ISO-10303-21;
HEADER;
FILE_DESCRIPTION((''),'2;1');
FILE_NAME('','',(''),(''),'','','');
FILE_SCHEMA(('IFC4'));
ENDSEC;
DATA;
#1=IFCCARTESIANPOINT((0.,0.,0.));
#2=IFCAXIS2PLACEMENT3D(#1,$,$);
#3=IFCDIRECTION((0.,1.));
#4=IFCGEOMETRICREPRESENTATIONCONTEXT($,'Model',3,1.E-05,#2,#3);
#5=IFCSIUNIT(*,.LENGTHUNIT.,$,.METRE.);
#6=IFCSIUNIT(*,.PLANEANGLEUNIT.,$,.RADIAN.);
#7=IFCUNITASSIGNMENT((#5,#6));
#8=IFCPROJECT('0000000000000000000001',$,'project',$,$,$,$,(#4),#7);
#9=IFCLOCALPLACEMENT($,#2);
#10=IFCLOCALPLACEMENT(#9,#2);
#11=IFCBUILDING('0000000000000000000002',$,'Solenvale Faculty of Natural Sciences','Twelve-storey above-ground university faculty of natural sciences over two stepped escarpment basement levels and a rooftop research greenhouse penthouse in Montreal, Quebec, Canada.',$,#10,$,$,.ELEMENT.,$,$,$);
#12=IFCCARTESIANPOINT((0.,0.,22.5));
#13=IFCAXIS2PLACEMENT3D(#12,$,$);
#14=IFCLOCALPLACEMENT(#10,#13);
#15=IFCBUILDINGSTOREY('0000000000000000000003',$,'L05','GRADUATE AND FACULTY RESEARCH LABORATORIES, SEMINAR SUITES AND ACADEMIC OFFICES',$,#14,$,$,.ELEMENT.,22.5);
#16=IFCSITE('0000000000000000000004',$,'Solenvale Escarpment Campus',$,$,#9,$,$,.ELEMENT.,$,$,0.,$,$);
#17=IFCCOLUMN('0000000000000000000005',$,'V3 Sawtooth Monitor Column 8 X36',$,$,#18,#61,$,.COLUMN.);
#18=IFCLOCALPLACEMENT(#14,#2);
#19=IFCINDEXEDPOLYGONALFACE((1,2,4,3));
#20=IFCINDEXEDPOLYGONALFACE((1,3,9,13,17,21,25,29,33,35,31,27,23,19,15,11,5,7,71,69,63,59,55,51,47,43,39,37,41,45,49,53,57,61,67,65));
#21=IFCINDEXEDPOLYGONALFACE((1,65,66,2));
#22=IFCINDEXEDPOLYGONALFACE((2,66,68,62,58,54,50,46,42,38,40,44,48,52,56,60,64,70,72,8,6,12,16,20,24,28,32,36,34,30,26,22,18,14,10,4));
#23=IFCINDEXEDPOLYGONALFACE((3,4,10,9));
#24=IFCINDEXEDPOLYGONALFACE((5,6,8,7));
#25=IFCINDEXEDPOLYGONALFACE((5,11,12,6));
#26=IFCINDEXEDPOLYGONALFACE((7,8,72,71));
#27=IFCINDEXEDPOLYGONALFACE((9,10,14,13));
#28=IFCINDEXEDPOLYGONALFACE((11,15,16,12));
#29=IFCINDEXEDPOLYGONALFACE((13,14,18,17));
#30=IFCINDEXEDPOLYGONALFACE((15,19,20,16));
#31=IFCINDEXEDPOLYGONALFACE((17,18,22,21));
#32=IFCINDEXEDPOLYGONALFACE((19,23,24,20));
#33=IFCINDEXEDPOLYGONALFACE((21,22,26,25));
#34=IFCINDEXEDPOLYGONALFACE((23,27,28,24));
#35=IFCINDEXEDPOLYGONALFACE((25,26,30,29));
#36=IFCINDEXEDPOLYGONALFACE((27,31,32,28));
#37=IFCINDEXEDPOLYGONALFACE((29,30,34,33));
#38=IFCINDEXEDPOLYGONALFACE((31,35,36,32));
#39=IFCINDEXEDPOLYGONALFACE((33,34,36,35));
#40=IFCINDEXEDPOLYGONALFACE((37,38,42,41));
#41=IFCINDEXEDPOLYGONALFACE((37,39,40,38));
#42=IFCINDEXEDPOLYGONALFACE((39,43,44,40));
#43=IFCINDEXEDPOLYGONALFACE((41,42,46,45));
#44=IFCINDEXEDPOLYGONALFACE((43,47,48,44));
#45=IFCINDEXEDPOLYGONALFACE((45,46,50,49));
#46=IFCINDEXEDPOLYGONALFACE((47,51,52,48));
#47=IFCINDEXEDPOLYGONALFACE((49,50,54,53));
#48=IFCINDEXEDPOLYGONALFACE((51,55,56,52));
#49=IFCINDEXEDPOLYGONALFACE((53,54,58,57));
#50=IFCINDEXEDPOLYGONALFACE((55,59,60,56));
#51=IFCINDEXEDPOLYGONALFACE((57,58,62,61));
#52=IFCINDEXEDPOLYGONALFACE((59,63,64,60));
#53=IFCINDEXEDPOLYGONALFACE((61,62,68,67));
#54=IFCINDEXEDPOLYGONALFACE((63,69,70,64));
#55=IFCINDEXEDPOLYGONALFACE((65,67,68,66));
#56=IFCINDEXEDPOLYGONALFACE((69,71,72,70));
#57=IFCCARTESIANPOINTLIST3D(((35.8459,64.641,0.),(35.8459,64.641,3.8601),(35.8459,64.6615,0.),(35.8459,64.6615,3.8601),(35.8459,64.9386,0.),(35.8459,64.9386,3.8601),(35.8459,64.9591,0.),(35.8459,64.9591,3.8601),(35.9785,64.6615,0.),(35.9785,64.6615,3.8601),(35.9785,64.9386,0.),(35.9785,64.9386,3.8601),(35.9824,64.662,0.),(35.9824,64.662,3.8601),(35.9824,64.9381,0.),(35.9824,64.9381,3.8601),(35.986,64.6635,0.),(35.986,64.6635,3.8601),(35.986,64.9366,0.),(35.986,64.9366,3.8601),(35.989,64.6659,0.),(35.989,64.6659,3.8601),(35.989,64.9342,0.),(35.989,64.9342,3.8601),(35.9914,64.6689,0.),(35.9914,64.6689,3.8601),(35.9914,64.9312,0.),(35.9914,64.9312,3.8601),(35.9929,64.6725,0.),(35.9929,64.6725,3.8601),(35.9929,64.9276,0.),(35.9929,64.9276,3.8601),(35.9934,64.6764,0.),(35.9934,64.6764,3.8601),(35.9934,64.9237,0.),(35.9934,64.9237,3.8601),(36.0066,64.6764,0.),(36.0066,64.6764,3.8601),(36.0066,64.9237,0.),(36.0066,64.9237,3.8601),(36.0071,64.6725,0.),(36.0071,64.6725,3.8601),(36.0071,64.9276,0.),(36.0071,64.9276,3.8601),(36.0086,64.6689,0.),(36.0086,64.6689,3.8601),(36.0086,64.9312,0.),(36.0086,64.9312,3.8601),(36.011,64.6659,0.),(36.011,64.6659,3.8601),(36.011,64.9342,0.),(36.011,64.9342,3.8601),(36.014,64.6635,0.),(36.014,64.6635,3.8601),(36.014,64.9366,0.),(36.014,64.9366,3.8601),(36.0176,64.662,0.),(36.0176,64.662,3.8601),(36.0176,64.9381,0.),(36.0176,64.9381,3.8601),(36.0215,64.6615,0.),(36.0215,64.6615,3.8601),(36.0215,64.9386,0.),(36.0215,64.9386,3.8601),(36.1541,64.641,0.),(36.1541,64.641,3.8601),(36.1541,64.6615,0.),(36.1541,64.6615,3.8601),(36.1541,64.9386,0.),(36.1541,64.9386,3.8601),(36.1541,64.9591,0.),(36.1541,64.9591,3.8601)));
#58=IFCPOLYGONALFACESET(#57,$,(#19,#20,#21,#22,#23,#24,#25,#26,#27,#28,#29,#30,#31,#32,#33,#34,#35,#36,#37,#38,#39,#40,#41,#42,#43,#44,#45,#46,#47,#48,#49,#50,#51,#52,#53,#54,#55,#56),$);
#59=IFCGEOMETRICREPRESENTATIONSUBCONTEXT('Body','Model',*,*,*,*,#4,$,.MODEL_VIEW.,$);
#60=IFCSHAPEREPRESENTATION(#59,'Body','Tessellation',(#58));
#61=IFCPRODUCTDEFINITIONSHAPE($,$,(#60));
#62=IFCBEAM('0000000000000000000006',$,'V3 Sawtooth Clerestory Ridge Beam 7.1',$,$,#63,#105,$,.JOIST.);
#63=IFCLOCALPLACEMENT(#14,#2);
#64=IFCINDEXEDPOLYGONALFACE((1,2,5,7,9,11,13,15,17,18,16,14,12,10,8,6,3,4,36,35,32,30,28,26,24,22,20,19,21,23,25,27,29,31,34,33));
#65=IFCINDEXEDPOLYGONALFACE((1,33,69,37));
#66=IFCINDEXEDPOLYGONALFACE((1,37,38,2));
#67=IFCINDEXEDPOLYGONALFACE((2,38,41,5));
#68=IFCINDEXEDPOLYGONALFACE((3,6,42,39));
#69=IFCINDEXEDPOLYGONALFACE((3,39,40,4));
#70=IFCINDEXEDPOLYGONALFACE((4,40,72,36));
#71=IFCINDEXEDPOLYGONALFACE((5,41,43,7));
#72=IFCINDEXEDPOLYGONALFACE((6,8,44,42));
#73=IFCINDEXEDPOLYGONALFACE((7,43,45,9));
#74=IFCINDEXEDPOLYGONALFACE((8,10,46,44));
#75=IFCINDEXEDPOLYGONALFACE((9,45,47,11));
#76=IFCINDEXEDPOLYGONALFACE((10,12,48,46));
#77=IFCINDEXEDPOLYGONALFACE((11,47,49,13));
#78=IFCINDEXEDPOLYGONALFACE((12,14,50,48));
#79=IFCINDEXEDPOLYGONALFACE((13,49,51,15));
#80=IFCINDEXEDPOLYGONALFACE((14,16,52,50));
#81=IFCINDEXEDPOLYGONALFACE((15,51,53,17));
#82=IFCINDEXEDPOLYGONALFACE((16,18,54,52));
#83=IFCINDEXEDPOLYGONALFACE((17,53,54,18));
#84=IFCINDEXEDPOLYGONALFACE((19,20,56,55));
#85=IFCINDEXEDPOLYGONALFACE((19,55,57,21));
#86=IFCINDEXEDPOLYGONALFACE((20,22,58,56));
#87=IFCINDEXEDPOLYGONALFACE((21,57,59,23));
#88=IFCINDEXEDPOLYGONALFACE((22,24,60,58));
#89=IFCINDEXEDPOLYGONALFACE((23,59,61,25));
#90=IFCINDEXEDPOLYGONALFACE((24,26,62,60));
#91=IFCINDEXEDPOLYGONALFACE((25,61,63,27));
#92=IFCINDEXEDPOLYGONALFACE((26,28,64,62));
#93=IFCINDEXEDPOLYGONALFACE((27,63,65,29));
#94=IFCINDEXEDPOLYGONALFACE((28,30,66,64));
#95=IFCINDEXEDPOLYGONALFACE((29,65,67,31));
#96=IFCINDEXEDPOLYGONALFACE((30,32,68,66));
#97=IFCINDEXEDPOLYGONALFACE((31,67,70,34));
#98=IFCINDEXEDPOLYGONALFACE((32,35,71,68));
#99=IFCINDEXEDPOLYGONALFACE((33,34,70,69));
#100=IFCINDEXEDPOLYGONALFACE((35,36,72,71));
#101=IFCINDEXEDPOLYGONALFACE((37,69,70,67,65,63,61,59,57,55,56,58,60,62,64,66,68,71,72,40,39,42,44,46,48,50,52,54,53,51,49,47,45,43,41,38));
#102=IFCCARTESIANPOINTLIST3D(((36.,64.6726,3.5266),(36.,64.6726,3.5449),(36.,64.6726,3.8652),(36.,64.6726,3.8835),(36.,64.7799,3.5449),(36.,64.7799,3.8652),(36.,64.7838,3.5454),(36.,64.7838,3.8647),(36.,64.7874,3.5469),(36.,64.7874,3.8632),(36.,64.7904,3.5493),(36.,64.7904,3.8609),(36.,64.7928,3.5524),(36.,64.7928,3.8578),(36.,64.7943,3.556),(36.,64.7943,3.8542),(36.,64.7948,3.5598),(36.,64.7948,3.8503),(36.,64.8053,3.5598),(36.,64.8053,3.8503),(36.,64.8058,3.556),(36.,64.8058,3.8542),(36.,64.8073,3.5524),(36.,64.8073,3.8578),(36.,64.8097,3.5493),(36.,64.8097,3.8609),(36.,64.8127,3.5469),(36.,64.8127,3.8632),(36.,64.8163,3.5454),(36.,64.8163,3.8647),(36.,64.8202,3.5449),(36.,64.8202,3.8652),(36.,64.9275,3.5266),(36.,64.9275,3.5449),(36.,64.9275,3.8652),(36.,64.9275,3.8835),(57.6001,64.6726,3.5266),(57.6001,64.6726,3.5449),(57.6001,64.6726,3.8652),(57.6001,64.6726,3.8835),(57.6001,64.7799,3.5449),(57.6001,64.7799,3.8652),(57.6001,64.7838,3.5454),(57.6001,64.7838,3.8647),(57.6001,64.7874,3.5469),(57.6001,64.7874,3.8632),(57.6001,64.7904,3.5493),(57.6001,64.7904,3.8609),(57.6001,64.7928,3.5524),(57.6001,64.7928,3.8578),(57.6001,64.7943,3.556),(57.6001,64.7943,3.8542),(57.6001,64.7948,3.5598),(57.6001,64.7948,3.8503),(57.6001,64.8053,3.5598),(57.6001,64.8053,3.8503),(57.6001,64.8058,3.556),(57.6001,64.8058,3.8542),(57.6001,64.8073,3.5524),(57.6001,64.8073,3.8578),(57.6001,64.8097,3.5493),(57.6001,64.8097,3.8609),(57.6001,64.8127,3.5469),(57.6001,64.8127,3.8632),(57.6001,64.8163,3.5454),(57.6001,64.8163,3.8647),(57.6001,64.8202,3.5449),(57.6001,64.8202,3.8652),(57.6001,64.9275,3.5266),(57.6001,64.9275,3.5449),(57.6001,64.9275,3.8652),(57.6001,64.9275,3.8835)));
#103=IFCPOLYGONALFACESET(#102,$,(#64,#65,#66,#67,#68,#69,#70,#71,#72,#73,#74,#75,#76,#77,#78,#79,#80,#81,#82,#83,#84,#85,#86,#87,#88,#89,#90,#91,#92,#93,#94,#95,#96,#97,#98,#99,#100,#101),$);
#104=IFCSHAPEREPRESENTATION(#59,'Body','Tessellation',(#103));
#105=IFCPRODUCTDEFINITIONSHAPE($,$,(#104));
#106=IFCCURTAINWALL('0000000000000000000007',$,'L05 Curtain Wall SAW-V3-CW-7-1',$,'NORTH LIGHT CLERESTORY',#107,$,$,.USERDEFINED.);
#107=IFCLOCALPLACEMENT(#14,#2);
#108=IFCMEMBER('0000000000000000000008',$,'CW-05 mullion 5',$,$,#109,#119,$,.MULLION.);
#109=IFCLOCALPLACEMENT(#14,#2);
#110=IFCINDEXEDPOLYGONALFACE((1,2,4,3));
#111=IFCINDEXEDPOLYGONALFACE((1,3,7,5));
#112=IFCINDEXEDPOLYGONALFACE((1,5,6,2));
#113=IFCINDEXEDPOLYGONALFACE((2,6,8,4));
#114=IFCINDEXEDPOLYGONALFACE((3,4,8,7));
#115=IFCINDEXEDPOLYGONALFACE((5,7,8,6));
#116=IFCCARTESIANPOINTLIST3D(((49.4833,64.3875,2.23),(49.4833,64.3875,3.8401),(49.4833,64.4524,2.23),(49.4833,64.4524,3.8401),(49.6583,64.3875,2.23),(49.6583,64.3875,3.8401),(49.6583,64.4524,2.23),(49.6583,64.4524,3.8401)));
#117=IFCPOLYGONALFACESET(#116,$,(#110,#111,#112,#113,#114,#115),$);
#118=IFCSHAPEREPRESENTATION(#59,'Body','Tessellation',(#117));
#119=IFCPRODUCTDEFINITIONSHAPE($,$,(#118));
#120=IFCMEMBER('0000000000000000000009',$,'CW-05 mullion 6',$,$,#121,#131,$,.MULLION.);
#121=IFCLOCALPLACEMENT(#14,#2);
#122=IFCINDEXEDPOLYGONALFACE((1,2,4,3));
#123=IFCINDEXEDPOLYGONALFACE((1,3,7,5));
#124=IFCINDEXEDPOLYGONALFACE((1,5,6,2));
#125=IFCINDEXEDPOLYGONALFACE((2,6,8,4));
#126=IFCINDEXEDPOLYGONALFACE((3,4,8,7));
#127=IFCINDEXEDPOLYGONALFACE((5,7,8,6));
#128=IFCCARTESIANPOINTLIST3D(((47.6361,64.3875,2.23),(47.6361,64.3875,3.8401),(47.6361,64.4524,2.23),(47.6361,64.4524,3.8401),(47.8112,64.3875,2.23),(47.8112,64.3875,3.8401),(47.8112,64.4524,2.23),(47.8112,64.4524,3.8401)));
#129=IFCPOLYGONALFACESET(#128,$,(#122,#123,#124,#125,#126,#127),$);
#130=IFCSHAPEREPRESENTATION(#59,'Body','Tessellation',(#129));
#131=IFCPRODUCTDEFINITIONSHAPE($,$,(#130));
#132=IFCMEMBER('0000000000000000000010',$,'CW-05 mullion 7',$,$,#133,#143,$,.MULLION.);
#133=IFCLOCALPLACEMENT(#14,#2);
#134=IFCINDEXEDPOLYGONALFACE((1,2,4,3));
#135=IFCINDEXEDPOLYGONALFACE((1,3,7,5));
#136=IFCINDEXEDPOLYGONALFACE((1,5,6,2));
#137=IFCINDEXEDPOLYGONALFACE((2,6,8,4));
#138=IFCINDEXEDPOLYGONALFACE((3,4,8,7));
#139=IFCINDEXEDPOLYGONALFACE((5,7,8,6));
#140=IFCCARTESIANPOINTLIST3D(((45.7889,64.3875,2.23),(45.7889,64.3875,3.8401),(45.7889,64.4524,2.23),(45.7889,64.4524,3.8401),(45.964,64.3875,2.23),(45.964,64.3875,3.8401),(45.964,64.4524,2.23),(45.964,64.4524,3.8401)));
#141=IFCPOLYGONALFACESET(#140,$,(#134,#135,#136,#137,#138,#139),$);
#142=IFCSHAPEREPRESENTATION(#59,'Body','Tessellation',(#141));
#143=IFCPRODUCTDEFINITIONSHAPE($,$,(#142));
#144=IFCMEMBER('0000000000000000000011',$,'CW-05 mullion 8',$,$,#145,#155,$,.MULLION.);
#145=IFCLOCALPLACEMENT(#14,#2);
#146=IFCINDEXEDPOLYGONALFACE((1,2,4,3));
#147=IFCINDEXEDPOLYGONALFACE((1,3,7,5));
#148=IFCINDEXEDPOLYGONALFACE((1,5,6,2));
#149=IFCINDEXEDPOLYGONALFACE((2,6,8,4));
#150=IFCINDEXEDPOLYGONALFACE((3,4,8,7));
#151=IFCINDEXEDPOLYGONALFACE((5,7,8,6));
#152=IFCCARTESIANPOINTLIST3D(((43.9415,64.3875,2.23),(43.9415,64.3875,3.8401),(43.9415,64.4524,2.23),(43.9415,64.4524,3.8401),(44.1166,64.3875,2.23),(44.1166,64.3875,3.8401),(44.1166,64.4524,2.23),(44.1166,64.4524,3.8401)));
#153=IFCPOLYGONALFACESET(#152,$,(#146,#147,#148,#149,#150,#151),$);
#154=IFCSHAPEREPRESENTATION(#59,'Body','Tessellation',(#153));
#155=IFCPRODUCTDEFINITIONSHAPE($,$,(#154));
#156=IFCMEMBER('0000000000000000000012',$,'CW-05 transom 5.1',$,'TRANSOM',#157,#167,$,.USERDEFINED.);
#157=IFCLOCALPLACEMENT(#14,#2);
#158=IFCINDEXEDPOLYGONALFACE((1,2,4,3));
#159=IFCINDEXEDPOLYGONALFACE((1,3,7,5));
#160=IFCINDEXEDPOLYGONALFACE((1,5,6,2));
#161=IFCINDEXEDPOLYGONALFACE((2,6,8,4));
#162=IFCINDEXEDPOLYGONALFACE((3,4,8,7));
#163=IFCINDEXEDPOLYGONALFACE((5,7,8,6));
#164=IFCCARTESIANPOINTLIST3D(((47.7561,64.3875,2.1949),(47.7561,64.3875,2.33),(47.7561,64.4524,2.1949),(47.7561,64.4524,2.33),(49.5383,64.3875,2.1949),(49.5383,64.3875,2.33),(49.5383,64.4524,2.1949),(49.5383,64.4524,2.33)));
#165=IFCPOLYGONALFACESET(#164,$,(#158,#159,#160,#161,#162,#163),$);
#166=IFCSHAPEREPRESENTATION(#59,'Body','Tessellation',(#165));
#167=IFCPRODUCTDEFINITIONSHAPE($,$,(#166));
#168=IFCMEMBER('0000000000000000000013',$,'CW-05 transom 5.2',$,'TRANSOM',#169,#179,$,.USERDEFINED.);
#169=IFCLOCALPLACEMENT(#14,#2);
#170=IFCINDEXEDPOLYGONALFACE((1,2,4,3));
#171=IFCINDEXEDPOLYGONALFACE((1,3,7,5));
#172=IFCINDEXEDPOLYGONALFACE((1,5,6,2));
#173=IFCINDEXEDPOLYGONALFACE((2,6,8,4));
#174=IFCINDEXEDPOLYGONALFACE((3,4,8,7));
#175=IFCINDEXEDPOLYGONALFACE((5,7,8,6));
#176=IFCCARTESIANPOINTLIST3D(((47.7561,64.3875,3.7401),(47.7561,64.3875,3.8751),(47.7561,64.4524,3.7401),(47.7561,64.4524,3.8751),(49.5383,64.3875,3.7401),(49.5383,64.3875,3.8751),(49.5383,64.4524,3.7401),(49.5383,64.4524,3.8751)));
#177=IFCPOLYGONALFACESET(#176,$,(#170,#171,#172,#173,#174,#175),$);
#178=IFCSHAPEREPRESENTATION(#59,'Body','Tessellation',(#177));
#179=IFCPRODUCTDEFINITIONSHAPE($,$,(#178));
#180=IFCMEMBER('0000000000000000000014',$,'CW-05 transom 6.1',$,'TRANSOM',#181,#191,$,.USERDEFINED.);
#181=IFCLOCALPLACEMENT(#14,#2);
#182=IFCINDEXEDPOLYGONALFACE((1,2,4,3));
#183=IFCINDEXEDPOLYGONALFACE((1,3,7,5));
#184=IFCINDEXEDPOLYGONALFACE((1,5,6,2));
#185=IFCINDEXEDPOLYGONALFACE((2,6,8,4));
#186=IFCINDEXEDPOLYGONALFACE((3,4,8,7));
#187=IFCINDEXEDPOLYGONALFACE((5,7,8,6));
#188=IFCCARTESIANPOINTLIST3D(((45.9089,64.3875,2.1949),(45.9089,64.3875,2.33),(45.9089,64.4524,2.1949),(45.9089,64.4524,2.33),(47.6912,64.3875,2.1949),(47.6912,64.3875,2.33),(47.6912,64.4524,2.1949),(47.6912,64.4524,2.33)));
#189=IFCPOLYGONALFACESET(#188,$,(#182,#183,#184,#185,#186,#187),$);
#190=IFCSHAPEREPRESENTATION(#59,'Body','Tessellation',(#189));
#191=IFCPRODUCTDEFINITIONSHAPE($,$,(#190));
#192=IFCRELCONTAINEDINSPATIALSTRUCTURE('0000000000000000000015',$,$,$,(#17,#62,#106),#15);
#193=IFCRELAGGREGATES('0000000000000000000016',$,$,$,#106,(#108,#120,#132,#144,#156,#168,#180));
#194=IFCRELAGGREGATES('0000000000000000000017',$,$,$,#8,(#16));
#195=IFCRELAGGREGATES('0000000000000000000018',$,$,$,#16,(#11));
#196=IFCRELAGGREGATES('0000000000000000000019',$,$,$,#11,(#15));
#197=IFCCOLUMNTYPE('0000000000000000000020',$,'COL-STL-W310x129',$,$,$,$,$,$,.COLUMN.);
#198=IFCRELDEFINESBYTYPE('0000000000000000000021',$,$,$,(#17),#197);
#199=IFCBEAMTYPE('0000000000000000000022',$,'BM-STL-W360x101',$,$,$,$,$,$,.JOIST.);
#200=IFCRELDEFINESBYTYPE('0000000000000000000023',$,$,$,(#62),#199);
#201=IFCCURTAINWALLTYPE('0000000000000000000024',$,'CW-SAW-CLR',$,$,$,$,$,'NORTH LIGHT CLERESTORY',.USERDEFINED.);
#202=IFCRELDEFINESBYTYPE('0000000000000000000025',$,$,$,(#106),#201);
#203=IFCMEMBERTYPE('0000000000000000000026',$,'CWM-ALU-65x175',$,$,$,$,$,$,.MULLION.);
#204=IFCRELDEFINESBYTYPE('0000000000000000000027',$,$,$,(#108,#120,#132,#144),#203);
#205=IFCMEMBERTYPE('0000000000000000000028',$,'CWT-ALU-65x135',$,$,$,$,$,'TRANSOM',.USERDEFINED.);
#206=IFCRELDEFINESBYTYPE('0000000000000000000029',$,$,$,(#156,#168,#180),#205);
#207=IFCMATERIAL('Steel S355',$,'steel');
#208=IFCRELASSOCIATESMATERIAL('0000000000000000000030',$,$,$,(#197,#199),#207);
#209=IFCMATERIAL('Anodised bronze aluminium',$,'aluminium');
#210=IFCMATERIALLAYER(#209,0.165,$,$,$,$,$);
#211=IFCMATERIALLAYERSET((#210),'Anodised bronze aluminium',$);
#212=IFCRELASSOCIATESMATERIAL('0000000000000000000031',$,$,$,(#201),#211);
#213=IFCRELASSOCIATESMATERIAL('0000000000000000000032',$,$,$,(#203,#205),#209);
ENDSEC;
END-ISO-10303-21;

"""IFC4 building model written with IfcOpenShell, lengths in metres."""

from ifc_helpers import new_model, si_unit, direction, frame, origin, origin_2d, place, context, subcontext, project, spatial, rectangle, i_section, extrude, material, layer, layer_set, material_profile, profile_set, type_object, element, aggregate, save


model = new_model("IFC4")

# Units and contexts
model_context = context("Model", 3, precision=1e-05, world=origin(), true_north=direction((0.0, 1.0)))
body_context = subcontext(model_context, "Body", "Model", "MODEL_VIEW")
ifc_project = project(units=[si_unit("LENGTHUNIT", "METRE"), si_unit("PLANEANGLEUNIT", "RADIAN")], contexts=[model_context])

# Site, building, storey
site_placement = place(None, origin())
site = spatial("IfcSite", under=ifc_project, at=site_placement, Name="Solenvale Escarpment Campus", CompositionType="ELEMENT", RefElevation=0.0)
building_placement = place(site_placement, origin())
building = spatial("IfcBuilding", under=site, at=building_placement, Name="Solenvale Faculty of Natural Sciences", Description="Twelve-storey above-ground university faculty of natural sciences over two stepped escarpment basement levels and a rooftop research greenhouse penthouse in Montreal, Quebec, Canada.", CompositionType="ELEMENT")
storey_placement = place(building_placement, frame((0.0, 0.0, 22.5)))
storey = spatial("IfcBuildingStorey", under=building, at=storey_placement, Name="L05", Description="GRADUATE AND FACULTY RESEARCH LABORATORIES, SEMINAR SUITES AND ACADEMIC OFFICES", CompositionType="ELEMENT", Elevation=22.5)

# Column
ifc_material_1 = material(Name="Steel S355", Category="steel")
ifc_material_profile_1 = material_profile(ifc_material_1, i_section(OverallWidth=0.3081, OverallDepth=0.3181, WebThickness=0.0132, FlangeThickness=0.0205, FilletRadius=0.0149, at=origin_2d()), Name="W310x129")
ifc_profile_set_1 = profile_set([ifc_material_profile_1], Name="Steel S355")
column_type = type_object("IfcColumnType", Name="COL-STL-W310x129", PredefinedType="COLUMN", material=ifc_profile_set_1)
column_placement = place(storey_placement, frame((36.0, 64.8, 0.0), z_axis=(0.0, 0.0, 1.0), x_axis=(1.0, 0.0, 0.0)))
element("IfcColumn", 1, at=column_placement, inside=storey, type_object=column_type, Name="V3 Sawtooth Monitor Column 8 X36", PredefinedType="COLUMN", context=body_context, shape_type="SweptSolid", body=[
    extrude(i_section(OverallWidth=0.3081, OverallDepth=0.3181, WebThickness=0.0132, FlangeThickness=0.0205, FilletRadius=0.0149, at=origin_2d()), origin(), (0.0, 0.0, 1.0), 3.8601),
])

# Beam
ifc_material_profile_2 = material_profile(ifc_material_1, i_section(OverallWidth=0.2549, OverallDepth=0.3569, WebThickness=0.0105, FlangeThickness=0.0183, FilletRadius=0.0149, at=origin_2d()), Name="W360x101")
ifc_profile_set_2 = profile_set([ifc_material_profile_2], Name="Steel S355")
beam_type = type_object("IfcBeamType", Name="BM-STL-W360x101", PredefinedType="JOIST", material=ifc_profile_set_2)
beam_placement = place(storey_placement, frame((36.0, 64.8, 3.7051), z_axis=(1.0, 0.0, 0.0), x_axis=(0.0, 1.0, 0.0)))
element("IfcBeam", 2, at=beam_placement, inside=storey, type_object=beam_type, Name="V3 Sawtooth Clerestory Ridge Beam 7.1", PredefinedType="JOIST", context=body_context, shape_type="SweptSolid", body=[
    extrude(i_section(OverallWidth=0.2549, OverallDepth=0.3569, WebThickness=0.0105, FlangeThickness=0.0183, FilletRadius=0.0149, at=origin_2d()), origin(), (0.0, 0.0, 1.0), 21.6001),
])

# Curtain wall, members
ifc_material_2 = material(Name="Anodised bronze aluminium", Category="aluminium")
ifc_layer_1 = layer(ifc_material_2, 0.165)
ifc_layer_set_1 = layer_set([ifc_layer_1], Name="Anodised bronze aluminium")
curtain_wall_type = type_object("IfcCurtainWallType", Name="CW-SAW-CLR", ElementType="NORTH LIGHT CLERESTORY", PredefinedType="USERDEFINED", material=ifc_layer_set_1)
curtain_wall_placement = place(storey_placement, origin())
curtain_wall = element("IfcCurtainWall", 3, at=curtain_wall_placement, inside=storey, type_object=curtain_wall_type, Name="L05 Curtain Wall SAW-V3-CW-7-1", ObjectType="NORTH LIGHT CLERESTORY", PredefinedType="USERDEFINED")
ifc_material_profile_3 = material_profile(ifc_material_2, rectangle(XDim=0.0649, YDim=0.175, at=origin_2d()), Name="ALU-MUL-65x175")
ifc_profile_set_3 = profile_set([ifc_material_profile_3], Name="Anodised bronze aluminium")
member_type_1 = type_object("IfcMemberType", Name="CWM-ALU-65x175", PredefinedType="MULLION", material=ifc_profile_set_3)
member_1_placement = place(storey_placement, frame((49.5708, 64.4199, 2.23), z_axis=(0.0, 0.0, 1.0), x_axis=(0.0, -1.0, 0.0)))
member_1 = element("IfcMember", 4, at=member_1_placement, type_object=member_type_1, Name="CW-05 mullion 5", PredefinedType="MULLION", context=body_context, shape_type="SweptSolid", body=[
    extrude(rectangle(XDim=0.0649, YDim=0.175, at=origin_2d()), origin(), (0.0, 0.0, 1.0), 1.6101),
])
member_2_placement = place(storey_placement, frame((47.7236, 64.4199, 2.23), z_axis=(0.0, 0.0, 1.0), x_axis=(0.0, -1.0, 0.0)))
member_2 = element("IfcMember", 5, at=member_2_placement, type_object=member_type_1, Name="CW-05 mullion 6", PredefinedType="MULLION", context=body_context, shape_type="SweptSolid", body=[
    extrude(rectangle(XDim=0.0649, YDim=0.175, at=origin_2d()), origin(), (0.0, 0.0, 1.0), 1.6101),
])
member_3_placement = place(storey_placement, frame((45.8765, 64.4199, 2.23), z_axis=(0.0, 0.0, 1.0), x_axis=(0.0, -1.0, 0.0)))
member_3 = element("IfcMember", 6, at=member_3_placement, type_object=member_type_1, Name="CW-05 mullion 7", PredefinedType="MULLION", context=body_context, shape_type="SweptSolid", body=[
    extrude(rectangle(XDim=0.0649, YDim=0.175, at=origin_2d()), origin(), (0.0, 0.0, 1.0), 1.6101),
])
member_4_placement = place(storey_placement, frame((44.0291, 64.4199, 2.23), z_axis=(0.0, 0.0, 1.0), x_axis=(0.0, -1.0, 0.0)))
member_4 = element("IfcMember", 7, at=member_4_placement, type_object=member_type_1, Name="CW-05 mullion 8", PredefinedType="MULLION", context=body_context, shape_type="SweptSolid", body=[
    extrude(rectangle(XDim=0.0649, YDim=0.175, at=origin_2d()), origin(), (0.0, 0.0, 1.0), 1.6101),
])
ifc_material_profile_4 = material_profile(ifc_material_2, rectangle(XDim=0.0649, YDim=0.135, at=origin_2d()), Name="ALU-TRN-65x135")
ifc_profile_set_4 = profile_set([ifc_material_profile_4], Name="Anodised bronze aluminium")
member_type_2 = type_object("IfcMemberType", Name="CWT-ALU-65x135", ElementType="TRANSOM", PredefinedType="USERDEFINED", material=ifc_profile_set_4)
member_5_placement = place(storey_placement, frame((49.5383, 64.4199, 2.2625), z_axis=(-1.0, 0.0, 0.0), x_axis=(0.0, -1.0, 0.0)))
member_5 = element("IfcMember", 8, at=member_5_placement, type_object=member_type_2, Name="CW-05 transom 5.1", ObjectType="TRANSOM", PredefinedType="USERDEFINED", context=body_context, shape_type="SweptSolid", body=[
    extrude(rectangle(XDim=0.0649, YDim=0.135, at=origin_2d()), origin(), (0.0, 0.0, 1.0), 1.7822),
])
member_6_placement = place(storey_placement, frame((49.5383, 64.4199, 3.8076), z_axis=(-1.0, 0.0, 0.0), x_axis=(0.0, -1.0, 0.0)))
member_6 = element("IfcMember", 9, at=member_6_placement, type_object=member_type_2, Name="CW-05 transom 5.2", ObjectType="TRANSOM", PredefinedType="USERDEFINED", context=body_context, shape_type="SweptSolid", body=[
    extrude(rectangle(XDim=0.0649, YDim=0.135, at=origin_2d()), origin(), (0.0, 0.0, 1.0), 1.7822),
])
member_7_placement = place(storey_placement, frame((47.6912, 64.4199, 2.2625), z_axis=(-1.0, 0.0, 0.0), x_axis=(0.0, -1.0, 0.0)))
member_7 = element("IfcMember", 10, at=member_7_placement, type_object=member_type_2, Name="CW-05 transom 6.1", ObjectType="TRANSOM", PredefinedType="USERDEFINED", context=body_context, shape_type="SweptSolid", body=[
    extrude(rectangle(XDim=0.0649, YDim=0.135, at=origin_2d()), origin(), (0.0, 0.0, 1.0), 1.7822),
])

aggregate(curtain_wall, [member_1, member_2, member_3, member_4, member_5, member_6, member_7])

save(model, "model.ifc")
